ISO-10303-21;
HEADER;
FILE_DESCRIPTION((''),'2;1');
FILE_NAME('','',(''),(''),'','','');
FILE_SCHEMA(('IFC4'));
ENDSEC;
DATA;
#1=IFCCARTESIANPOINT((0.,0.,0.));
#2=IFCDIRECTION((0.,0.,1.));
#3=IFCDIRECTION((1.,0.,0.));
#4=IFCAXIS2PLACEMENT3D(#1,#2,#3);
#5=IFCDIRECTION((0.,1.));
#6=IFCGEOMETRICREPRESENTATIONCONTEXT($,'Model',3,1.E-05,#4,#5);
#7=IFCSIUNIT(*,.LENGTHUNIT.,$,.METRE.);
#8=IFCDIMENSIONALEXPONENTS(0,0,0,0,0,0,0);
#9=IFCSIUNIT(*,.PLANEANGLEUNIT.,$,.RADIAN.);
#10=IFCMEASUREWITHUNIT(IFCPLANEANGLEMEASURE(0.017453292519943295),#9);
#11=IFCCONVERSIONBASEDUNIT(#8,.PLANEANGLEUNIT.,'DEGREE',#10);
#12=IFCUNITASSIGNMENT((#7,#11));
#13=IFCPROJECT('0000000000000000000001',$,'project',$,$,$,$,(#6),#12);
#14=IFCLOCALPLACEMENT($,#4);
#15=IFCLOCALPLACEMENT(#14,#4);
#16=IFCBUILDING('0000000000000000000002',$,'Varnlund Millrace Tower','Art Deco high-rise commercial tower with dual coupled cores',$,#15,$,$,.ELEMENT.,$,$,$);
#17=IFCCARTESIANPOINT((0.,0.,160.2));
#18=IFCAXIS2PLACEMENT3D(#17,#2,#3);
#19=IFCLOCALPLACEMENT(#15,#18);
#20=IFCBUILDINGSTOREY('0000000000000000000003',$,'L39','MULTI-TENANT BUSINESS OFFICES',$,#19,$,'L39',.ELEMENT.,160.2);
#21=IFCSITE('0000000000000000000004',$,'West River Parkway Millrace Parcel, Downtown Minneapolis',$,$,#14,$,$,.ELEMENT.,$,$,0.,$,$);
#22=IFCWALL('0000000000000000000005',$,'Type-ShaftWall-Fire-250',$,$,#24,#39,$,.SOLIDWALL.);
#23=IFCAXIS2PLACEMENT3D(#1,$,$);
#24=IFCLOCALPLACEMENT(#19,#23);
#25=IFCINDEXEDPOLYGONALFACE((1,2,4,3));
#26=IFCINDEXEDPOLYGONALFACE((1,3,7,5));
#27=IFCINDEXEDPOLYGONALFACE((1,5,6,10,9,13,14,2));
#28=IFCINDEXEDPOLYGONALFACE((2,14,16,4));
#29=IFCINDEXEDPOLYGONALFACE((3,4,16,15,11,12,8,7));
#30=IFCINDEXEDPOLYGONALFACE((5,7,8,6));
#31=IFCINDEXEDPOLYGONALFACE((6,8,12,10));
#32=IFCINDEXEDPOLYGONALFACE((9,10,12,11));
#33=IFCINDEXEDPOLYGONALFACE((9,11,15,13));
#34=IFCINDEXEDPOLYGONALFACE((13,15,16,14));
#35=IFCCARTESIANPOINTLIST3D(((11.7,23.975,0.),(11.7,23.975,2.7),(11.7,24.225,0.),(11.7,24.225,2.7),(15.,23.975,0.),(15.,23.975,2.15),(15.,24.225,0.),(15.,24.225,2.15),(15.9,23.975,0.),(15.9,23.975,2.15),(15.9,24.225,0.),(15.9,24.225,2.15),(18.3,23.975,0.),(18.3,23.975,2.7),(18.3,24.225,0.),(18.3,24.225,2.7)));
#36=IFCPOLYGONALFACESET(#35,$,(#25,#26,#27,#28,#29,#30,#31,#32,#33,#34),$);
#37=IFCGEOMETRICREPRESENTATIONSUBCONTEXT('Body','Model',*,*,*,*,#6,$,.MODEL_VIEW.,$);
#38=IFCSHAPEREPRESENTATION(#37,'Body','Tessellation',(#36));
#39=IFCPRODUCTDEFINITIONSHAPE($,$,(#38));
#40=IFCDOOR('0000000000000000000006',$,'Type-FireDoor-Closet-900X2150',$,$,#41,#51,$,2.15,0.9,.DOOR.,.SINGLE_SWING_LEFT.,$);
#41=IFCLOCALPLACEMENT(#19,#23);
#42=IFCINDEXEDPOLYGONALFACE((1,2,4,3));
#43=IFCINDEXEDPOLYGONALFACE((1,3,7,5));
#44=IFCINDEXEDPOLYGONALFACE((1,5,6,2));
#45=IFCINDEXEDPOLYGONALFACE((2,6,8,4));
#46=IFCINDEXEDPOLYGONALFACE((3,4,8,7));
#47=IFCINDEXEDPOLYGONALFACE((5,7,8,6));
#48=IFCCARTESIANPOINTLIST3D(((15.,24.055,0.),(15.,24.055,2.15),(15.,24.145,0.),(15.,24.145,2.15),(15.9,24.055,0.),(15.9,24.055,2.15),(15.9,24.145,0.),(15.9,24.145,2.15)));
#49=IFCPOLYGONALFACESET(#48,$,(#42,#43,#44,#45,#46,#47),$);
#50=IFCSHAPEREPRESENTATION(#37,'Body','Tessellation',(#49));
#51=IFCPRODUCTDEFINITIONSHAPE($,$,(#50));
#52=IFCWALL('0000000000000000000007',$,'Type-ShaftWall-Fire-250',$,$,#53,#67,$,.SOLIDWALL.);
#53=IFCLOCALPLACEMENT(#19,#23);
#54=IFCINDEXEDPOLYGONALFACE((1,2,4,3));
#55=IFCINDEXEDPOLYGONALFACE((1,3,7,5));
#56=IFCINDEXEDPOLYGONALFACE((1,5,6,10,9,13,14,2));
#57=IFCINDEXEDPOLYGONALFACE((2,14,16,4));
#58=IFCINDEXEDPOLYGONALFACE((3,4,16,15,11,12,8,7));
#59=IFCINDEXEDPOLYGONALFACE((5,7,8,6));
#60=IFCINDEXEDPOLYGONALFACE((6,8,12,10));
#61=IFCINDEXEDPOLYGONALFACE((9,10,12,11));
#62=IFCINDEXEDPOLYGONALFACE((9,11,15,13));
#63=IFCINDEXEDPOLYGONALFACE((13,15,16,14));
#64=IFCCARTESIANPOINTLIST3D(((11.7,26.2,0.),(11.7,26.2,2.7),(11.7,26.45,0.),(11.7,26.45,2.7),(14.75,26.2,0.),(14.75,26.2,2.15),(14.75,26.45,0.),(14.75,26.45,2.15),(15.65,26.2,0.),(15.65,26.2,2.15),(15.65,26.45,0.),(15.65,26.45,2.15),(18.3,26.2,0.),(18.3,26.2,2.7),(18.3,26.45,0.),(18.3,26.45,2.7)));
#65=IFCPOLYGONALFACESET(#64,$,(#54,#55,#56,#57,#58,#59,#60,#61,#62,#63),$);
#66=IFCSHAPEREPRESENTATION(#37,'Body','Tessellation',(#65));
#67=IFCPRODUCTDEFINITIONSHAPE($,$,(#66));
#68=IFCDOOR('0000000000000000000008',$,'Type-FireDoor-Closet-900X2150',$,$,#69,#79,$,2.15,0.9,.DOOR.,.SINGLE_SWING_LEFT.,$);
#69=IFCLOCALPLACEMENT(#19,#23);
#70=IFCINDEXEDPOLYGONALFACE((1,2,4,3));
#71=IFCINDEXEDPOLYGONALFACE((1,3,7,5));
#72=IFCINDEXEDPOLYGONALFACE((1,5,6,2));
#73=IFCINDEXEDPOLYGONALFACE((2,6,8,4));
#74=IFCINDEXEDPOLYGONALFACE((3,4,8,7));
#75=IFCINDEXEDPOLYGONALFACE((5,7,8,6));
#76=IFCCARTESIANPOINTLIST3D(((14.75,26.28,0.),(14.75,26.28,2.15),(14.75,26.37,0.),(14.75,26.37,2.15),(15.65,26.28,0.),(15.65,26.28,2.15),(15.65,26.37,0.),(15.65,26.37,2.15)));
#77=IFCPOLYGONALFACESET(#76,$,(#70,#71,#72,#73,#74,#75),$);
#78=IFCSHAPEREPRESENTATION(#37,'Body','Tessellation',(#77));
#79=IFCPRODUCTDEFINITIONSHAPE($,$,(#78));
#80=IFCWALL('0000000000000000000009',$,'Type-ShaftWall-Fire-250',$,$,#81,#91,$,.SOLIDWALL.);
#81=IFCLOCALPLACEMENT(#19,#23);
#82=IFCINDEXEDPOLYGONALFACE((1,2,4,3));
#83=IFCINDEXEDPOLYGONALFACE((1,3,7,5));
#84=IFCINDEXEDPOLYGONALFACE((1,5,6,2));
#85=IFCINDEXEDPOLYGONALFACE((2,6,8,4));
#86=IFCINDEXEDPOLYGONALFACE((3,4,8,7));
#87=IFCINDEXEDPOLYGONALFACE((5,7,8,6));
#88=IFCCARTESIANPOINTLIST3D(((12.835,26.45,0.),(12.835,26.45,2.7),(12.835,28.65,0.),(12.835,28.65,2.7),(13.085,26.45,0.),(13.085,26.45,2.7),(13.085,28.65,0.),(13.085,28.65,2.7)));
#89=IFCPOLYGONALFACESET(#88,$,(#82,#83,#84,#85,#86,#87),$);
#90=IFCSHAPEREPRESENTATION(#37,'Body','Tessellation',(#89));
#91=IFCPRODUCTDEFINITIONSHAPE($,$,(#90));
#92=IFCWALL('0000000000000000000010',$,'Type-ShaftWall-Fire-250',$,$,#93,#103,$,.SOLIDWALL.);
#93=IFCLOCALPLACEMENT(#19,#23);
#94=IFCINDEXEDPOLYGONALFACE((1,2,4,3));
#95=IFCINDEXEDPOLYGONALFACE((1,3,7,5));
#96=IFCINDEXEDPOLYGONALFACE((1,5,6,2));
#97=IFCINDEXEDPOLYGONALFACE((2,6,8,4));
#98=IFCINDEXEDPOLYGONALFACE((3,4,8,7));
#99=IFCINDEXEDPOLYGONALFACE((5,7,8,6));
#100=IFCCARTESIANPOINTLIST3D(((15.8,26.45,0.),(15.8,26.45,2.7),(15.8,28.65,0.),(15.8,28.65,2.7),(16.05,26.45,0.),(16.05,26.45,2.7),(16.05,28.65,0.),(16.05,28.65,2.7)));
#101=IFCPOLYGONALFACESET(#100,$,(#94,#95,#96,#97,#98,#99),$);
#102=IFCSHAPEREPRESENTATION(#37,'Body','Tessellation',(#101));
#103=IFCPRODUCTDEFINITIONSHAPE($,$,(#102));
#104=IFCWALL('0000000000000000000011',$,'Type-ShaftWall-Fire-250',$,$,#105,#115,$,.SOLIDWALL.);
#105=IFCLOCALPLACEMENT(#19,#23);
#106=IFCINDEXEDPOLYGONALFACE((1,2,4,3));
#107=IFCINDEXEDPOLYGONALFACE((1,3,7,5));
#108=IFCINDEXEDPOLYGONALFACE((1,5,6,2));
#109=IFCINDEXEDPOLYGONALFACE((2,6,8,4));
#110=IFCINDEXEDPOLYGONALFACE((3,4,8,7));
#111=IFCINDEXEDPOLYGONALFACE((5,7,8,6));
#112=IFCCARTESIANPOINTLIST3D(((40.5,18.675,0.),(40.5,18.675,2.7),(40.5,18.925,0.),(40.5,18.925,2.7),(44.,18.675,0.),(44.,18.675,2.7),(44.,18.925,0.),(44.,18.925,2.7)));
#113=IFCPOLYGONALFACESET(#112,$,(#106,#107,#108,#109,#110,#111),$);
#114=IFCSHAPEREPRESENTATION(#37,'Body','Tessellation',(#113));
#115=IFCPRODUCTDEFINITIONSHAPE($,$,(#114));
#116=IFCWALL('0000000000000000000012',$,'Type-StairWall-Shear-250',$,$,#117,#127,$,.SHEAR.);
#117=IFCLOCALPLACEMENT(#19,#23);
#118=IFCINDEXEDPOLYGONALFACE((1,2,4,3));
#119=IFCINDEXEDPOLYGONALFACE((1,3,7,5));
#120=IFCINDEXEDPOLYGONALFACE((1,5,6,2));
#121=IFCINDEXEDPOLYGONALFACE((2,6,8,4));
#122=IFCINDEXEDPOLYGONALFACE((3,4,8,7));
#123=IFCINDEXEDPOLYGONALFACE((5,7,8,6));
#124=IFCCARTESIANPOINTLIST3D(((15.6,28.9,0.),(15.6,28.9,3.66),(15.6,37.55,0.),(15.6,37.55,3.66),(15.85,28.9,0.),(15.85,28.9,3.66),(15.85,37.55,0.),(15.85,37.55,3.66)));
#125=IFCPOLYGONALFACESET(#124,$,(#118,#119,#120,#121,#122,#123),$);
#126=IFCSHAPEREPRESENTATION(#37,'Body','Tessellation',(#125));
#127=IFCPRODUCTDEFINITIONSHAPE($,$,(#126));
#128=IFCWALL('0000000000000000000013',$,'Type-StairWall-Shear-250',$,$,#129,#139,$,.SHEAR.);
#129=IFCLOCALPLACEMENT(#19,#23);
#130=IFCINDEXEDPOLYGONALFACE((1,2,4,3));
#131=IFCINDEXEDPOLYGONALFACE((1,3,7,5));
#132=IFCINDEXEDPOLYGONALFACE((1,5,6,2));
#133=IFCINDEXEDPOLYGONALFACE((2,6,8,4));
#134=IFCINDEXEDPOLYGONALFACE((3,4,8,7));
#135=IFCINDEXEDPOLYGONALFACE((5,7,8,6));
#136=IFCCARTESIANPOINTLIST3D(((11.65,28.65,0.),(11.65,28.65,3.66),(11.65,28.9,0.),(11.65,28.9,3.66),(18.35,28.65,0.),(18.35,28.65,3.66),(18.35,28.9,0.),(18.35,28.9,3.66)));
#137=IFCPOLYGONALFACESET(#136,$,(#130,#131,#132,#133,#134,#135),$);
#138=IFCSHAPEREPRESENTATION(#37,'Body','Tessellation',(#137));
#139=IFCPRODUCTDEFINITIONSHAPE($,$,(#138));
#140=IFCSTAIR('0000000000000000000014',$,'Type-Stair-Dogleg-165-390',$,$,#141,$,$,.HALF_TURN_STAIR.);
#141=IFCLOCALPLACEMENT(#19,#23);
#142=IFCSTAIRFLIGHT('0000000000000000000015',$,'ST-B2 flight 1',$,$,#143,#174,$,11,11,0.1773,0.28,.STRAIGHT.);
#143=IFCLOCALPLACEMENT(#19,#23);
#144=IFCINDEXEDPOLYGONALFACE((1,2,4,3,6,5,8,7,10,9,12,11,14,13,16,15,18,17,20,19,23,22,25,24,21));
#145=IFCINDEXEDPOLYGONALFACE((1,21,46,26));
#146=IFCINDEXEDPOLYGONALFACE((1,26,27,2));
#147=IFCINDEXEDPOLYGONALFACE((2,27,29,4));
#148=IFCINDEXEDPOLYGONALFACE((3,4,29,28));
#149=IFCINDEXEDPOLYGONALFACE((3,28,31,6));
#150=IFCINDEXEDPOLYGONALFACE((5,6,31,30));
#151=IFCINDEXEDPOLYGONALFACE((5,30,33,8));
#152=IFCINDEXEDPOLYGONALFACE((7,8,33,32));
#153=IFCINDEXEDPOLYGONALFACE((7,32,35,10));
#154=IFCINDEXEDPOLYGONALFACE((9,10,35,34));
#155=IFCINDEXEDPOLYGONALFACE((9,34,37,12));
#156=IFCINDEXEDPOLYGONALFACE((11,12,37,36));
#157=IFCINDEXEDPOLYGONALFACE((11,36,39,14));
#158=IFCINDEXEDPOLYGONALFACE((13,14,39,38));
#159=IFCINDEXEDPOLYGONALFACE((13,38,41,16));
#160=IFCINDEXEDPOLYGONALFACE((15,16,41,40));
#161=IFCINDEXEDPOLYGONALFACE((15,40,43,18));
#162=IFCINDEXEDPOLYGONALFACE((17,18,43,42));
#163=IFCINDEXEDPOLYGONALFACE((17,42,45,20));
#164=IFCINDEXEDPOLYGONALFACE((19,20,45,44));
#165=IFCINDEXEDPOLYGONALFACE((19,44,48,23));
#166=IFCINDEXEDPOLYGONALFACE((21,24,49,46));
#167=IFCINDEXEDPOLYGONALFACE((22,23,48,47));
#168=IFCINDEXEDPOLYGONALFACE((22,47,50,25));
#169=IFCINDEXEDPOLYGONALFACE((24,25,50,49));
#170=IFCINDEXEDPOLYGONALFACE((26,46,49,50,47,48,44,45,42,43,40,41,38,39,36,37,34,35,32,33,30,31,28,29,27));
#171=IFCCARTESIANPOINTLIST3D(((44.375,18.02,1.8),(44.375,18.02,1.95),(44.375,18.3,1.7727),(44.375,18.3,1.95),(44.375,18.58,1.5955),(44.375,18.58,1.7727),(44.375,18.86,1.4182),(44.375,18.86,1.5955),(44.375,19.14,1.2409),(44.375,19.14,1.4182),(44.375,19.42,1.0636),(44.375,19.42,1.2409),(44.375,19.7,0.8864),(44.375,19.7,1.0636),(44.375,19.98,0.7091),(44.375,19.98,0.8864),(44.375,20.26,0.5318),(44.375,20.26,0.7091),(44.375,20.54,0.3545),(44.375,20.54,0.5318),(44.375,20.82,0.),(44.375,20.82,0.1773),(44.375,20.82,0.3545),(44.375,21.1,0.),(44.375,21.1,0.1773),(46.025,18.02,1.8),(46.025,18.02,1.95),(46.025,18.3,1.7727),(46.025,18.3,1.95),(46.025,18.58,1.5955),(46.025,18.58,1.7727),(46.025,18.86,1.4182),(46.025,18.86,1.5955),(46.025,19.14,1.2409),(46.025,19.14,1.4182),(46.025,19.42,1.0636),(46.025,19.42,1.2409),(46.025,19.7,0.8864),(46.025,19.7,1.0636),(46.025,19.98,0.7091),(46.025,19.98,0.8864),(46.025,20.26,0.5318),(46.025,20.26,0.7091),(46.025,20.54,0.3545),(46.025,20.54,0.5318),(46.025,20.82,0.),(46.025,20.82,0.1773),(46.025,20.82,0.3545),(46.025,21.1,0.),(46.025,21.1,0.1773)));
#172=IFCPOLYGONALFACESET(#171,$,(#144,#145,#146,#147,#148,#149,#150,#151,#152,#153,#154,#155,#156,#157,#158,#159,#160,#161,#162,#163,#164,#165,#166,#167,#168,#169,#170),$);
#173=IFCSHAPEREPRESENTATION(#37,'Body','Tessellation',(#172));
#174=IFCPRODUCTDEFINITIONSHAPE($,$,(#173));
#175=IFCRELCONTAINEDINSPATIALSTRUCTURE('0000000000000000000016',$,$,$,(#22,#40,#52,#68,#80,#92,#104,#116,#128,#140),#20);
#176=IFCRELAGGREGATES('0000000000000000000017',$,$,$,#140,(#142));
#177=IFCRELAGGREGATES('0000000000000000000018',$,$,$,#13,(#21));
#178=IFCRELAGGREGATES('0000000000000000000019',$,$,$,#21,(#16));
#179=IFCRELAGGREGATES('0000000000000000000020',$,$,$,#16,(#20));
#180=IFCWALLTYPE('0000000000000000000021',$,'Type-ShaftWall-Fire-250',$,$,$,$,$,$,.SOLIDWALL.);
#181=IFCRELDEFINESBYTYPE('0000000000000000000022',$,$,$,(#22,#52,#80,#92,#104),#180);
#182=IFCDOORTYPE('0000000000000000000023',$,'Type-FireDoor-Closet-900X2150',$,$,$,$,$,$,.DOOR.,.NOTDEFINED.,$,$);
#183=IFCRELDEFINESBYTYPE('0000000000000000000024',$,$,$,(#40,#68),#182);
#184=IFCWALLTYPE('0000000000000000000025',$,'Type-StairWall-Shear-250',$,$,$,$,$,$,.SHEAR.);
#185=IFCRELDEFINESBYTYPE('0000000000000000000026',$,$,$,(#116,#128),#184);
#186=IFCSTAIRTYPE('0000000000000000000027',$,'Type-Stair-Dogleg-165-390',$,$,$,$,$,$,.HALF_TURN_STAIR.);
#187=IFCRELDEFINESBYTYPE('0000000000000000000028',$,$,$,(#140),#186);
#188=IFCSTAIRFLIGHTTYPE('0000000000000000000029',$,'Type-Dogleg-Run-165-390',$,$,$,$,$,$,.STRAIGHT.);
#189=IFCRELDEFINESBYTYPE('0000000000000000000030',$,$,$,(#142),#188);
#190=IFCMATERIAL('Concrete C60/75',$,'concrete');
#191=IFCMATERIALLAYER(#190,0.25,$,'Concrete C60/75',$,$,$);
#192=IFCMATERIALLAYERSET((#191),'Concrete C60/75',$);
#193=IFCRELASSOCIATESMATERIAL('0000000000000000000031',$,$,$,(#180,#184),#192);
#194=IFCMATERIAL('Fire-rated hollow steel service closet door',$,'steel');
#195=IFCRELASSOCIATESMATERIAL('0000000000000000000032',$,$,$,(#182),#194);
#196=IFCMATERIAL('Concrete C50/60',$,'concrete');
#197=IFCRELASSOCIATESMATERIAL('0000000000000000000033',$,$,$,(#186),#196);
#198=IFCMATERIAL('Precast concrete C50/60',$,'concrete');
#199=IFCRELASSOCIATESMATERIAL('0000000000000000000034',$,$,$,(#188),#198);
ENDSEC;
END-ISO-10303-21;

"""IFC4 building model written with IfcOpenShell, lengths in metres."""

from ifc_helpers import new_model, entity, si_unit, converted_unit, direction, frame, origin_with_axes, origin_2d_with_axis, place, context, subcontext, project, spatial, polyline, rectangle, outline, extrude, material, layer, layer_set, type_object, element, fill, aggregate, save


model = new_model("IFC4")

# Units and contexts
model_context = context("Model", 3, precision=1e-05, world=origin_with_axes(), true_north=direction((0.0, 1.0)))
body_context = subcontext(model_context, "Body", "Model", "MODEL_VIEW")
ifc_project = project(units=[si_unit("LENGTHUNIT", "METRE"), converted_unit("PLANEANGLEUNIT", "DEGREE", entity("IfcPlaneAngleMeasure", 0.017453292519943295), si_unit("PLANEANGLEUNIT", "RADIAN"), dimensions=[0, 0, 0, 0, 0, 0, 0])], contexts=[model_context])

# Site, building, storey
site_placement = place(None, origin_with_axes())
site = spatial("IfcSite", under=ifc_project, at=site_placement, Name="West River Parkway Millrace Parcel, Downtown Minneapolis", CompositionType="ELEMENT", RefElevation=0.0)
building_placement = place(site_placement, origin_with_axes())
building = spatial("IfcBuilding", under=site, at=building_placement, Name="Varnlund Millrace Tower", Description="Art Deco high-rise commercial tower with dual coupled cores", CompositionType="ELEMENT")
storey_placement = place(building_placement, frame((0.0, 0.0, 160.2), z_axis=(0.0, 0.0, 1.0), x_axis=(1.0, 0.0, 0.0)))
storey = spatial("IfcBuildingStorey", under=building, at=storey_placement, Name="L39", Description="MULTI-TENANT BUSINESS OFFICES", LongName="L39", CompositionType="ELEMENT", Elevation=160.2)

# Shared definitions
ifc_material_1 = material(Name="Concrete C60/75", Category="concrete")
ifc_layer_1 = layer(ifc_material_1, 0.25, Name="Concrete C60/75")
ifc_layer_set_1 = layer_set([ifc_layer_1], Name="Concrete C60/75")
wall_type_1 = type_object("IfcWallType", Name="Type-ShaftWall-Fire-250", PredefinedType="SOLIDWALL", material=ifc_layer_set_1)

# Walls, openings, doors
wall_1_placement = place(storey_placement, frame((11.7, 24.1, 0.0), z_axis=(0.0, 0.0, 1.0), x_axis=(1.0, 0.0, 0.0)))
wall_1 = element("IfcWall", 1, at=wall_1_placement, inside=storey, type_object=wall_type_1, Name="Type-ShaftWall-Fire-250", PredefinedType="SOLIDWALL", context=body_context, shape_type="SweptSolid", body=[
    extrude(outline(polyline([(0.0, -0.125), (6.6, -0.125), (6.6, 0.125), (0.0, 0.125), (0.0, -0.125)])), origin_with_axes(), (0.0, 0.0, 1.0), 2.7),
])
opening_1_placement = place(wall_1_placement, frame((3.75, 0.0, 0.0), z_axis=(0.0, 0.0, 1.0), x_axis=(1.0, 0.0, 0.0)))
opening_1 = element("IfcOpeningElement", 2, at=opening_1_placement, cuts=wall_1, PredefinedType="OPENING", context=body_context, shape_type="SweptSolid", body=[
    extrude(rectangle(XDim=0.9, YDim=0.27, at=origin_2d_with_axis()), origin_with_axes(), (0.0, 0.0, 1.0), 2.15),
])
ifc_material_2 = material(Name="Fire-rated hollow steel service closet door", Category="steel")
door_type_1 = type_object("IfcDoorType", Name="Type-FireDoor-Closet-900X2150", OperationType="NOTDEFINED", PredefinedType="DOOR", material=ifc_material_2)
door_1_placement = place(wall_1_placement, frame((3.75, 0.0, 0.0), z_axis=(0.0, 0.0, 1.0), x_axis=(1.0, 0.0, 0.0)))
door_1 = element("IfcDoor", 3, at=door_1_placement, inside=storey, type_object=door_type_1, Name="Type-FireDoor-Closet-900X2150", OperationType="SINGLE_SWING_LEFT", OverallHeight=2.15, OverallWidth=0.9, PredefinedType="DOOR", context=body_context, shape_type="SweptSolid", body=[
    extrude(rectangle(XDim=0.9, YDim=0.09, at=origin_2d_with_axis()), origin_with_axes(), (0.0, 0.0, 1.0), 2.15),
])
fill(opening_1, door_1)
wall_2_placement = place(storey_placement, frame((11.7, 26.325, 0.0), z_axis=(0.0, 0.0, 1.0), x_axis=(1.0, 0.0, 0.0)))
wall_2 = element("IfcWall", 4, at=wall_2_placement, inside=storey, type_object=wall_type_1, Name="Type-ShaftWall-Fire-250", PredefinedType="SOLIDWALL", context=body_context, shape_type="SweptSolid", body=[
    extrude(outline(polyline([(0.0, -0.125), (6.6, -0.125), (6.6, 0.125), (0.0, 0.125), (0.0, -0.125)])), origin_with_axes(), (0.0, 0.0, 1.0), 2.7),
])
opening_2_placement = place(wall_2_placement, frame((3.5, 0.0, 0.0), z_axis=(0.0, 0.0, 1.0), x_axis=(1.0, 0.0, 0.0)))
opening_2 = element("IfcOpeningElement", 5, at=opening_2_placement, cuts=wall_2, PredefinedType="OPENING", context=body_context, shape_type="SweptSolid", body=[
    extrude(rectangle(XDim=0.9, YDim=0.27, at=origin_2d_with_axis()), origin_with_axes(), (0.0, 0.0, 1.0), 2.15),
])
door_2_placement = place(wall_2_placement, frame((3.5, 0.0, 0.0), z_axis=(0.0, 0.0, 1.0), x_axis=(1.0, 0.0, 0.0)))
door_2 = element("IfcDoor", 6, at=door_2_placement, inside=storey, type_object=door_type_1, Name="Type-FireDoor-Closet-900X2150", OperationType="SINGLE_SWING_LEFT", OverallHeight=2.15, OverallWidth=0.9, PredefinedType="DOOR", context=body_context, shape_type="SweptSolid", body=[
    extrude(rectangle(XDim=0.9, YDim=0.09, at=origin_2d_with_axis()), origin_with_axes(), (0.0, 0.0, 1.0), 2.15),
])
fill(opening_2, door_2)

# Walls
for number, where, z_axis, x_axis, name in (
    (7, (12.96, 26.45, 0.0), (0.0, 0.0, 1.0), (0.0, 1.0, 0.0), "Type-ShaftWall-Fire-250"),
    (8, (15.925, 26.45, 0.0), (0.0, 0.0, 1.0), (0.0, 1.0, 0.0), "Type-ShaftWall-Fire-250"),
):
    element("IfcWall", number, at=place(storey_placement, frame(where, z_axis=z_axis, x_axis=x_axis)), inside=storey, type_object=wall_type_1, Name=name, PredefinedType="SOLIDWALL", context=body_context, shape_type="SweptSolid", body=[
        extrude(outline(polyline([(0.0, -0.125), (2.2, -0.125), (2.2, 0.125), (0.0, 0.125), (0.0, -0.125)])), origin_with_axes(), (0.0, 0.0, 1.0), 2.7),
    ])
wall_3_placement = place(storey_placement, frame((40.5, 18.8, 0.0), z_axis=(0.0, 0.0, 1.0), x_axis=(1.0, 0.0, 0.0)))
element("IfcWall", 9, at=wall_3_placement, inside=storey, type_object=wall_type_1, Name="Type-ShaftWall-Fire-250", PredefinedType="SOLIDWALL", context=body_context, shape_type="SweptSolid", body=[
    extrude(outline(polyline([(0.0, -0.125), (3.5, -0.125), (3.5, 0.125), (0.0, 0.125), (0.0, -0.125)])), origin_with_axes(), (0.0, 0.0, 1.0), 2.7),
])
wall_type_2 = type_object("IfcWallType", Name="Type-StairWall-Shear-250", PredefinedType="SHEAR", material=ifc_layer_set_1)
wall_4_placement = place(storey_placement, frame((15.725, 28.9, 0.0), z_axis=(0.0, 0.0, 1.0), x_axis=(0.0, 1.0, 0.0)))
element("IfcWall", 10, at=wall_4_placement, inside=storey, type_object=wall_type_2, Name="Type-StairWall-Shear-250", PredefinedType="SHEAR", context=body_context, shape_type="SweptSolid", body=[
    extrude(outline(polyline([(0.0, -0.125), (8.65, -0.125), (8.65, 0.125), (0.0, 0.125), (0.0, -0.125)])), origin_with_axes(), (0.0, 0.0, 1.0), 3.66),
])
wall_5_placement = place(storey_placement, frame((11.65, 28.775, 0.0), z_axis=(0.0, 0.0, 1.0), x_axis=(1.0, 0.0, 0.0)))
element("IfcWall", 11, at=wall_5_placement, inside=storey, type_object=wall_type_2, Name="Type-StairWall-Shear-250", PredefinedType="SHEAR", context=body_context, shape_type="SweptSolid", body=[
    extrude(outline(polyline([(0.0, -0.125), (6.7, -0.125), (6.7, 0.125), (0.0, 0.125), (0.0, -0.125)])), origin_with_axes(), (0.0, 0.0, 1.0), 3.66),
])

# Stair, stair flight
ifc_material_3 = material(Name="Concrete C50/60", Category="concrete")
stair_type_1 = type_object("IfcStairType", Name="Type-Stair-Dogleg-165-390", PredefinedType="HALF_TURN_STAIR", material=ifc_material_3)
stair_1_placement = place(storey_placement, origin_with_axes())
stair_1 = element("IfcStair", 12, at=stair_1_placement, inside=storey, type_object=stair_type_1, Name="Type-Stair-Dogleg-165-390", PredefinedType="HALF_TURN_STAIR")
ifc_material_4 = material(Name="Precast concrete C50/60", Category="concrete")
stair_flight_type_1 = type_object("IfcStairFlightType", Name="Type-Dogleg-Run-165-390", PredefinedType="STRAIGHT", material=ifc_material_4)
stair_flight_1_placement = place(storey_placement, frame((46.025, 21.1, 0.0), z_axis=(-1.0, 0.0, 0.0), x_axis=(0.0, -1.0, 0.0)))
stair_flight_1 = element("IfcStairFlight", 13, at=stair_flight_1_placement, type_object=stair_flight_type_1, Name="ST-B2 flight 1", NumberOfRisers=11, NumberOfTreads=11, PredefinedType="STRAIGHT", RiserHeight=0.1773, TreadLength=0.28, context=body_context, shape_type="SweptSolid", body=[
    extrude(outline(polyline([(0.0, 0.0), (0.0, 0.1773), (0.28, 0.1773), (0.28, 0.3545), (0.56, 0.3545), (0.56, 0.5318), (0.84, 0.5318), (0.84, 0.7091), (1.12, 0.7091), (1.12, 0.8864), (1.4, 0.8864), (1.4, 1.0636), (1.68, 1.0636), (1.68, 1.2409), (1.96, 1.2409), (1.96, 1.4182), (2.24, 1.4182), (2.24, 1.5955), (2.52, 1.5955), (2.52, 1.7727), (2.8, 1.7727), (2.8, 1.95), (3.08, 1.95), (3.08, 1.8), (0.28, 0.0), (0.0, 0.0)])), origin_with_axes(), (0.0, 0.0, 1.0), 1.65),
])
aggregate(stair_1, [stair_flight_1])

save(model, "model.ifc")
